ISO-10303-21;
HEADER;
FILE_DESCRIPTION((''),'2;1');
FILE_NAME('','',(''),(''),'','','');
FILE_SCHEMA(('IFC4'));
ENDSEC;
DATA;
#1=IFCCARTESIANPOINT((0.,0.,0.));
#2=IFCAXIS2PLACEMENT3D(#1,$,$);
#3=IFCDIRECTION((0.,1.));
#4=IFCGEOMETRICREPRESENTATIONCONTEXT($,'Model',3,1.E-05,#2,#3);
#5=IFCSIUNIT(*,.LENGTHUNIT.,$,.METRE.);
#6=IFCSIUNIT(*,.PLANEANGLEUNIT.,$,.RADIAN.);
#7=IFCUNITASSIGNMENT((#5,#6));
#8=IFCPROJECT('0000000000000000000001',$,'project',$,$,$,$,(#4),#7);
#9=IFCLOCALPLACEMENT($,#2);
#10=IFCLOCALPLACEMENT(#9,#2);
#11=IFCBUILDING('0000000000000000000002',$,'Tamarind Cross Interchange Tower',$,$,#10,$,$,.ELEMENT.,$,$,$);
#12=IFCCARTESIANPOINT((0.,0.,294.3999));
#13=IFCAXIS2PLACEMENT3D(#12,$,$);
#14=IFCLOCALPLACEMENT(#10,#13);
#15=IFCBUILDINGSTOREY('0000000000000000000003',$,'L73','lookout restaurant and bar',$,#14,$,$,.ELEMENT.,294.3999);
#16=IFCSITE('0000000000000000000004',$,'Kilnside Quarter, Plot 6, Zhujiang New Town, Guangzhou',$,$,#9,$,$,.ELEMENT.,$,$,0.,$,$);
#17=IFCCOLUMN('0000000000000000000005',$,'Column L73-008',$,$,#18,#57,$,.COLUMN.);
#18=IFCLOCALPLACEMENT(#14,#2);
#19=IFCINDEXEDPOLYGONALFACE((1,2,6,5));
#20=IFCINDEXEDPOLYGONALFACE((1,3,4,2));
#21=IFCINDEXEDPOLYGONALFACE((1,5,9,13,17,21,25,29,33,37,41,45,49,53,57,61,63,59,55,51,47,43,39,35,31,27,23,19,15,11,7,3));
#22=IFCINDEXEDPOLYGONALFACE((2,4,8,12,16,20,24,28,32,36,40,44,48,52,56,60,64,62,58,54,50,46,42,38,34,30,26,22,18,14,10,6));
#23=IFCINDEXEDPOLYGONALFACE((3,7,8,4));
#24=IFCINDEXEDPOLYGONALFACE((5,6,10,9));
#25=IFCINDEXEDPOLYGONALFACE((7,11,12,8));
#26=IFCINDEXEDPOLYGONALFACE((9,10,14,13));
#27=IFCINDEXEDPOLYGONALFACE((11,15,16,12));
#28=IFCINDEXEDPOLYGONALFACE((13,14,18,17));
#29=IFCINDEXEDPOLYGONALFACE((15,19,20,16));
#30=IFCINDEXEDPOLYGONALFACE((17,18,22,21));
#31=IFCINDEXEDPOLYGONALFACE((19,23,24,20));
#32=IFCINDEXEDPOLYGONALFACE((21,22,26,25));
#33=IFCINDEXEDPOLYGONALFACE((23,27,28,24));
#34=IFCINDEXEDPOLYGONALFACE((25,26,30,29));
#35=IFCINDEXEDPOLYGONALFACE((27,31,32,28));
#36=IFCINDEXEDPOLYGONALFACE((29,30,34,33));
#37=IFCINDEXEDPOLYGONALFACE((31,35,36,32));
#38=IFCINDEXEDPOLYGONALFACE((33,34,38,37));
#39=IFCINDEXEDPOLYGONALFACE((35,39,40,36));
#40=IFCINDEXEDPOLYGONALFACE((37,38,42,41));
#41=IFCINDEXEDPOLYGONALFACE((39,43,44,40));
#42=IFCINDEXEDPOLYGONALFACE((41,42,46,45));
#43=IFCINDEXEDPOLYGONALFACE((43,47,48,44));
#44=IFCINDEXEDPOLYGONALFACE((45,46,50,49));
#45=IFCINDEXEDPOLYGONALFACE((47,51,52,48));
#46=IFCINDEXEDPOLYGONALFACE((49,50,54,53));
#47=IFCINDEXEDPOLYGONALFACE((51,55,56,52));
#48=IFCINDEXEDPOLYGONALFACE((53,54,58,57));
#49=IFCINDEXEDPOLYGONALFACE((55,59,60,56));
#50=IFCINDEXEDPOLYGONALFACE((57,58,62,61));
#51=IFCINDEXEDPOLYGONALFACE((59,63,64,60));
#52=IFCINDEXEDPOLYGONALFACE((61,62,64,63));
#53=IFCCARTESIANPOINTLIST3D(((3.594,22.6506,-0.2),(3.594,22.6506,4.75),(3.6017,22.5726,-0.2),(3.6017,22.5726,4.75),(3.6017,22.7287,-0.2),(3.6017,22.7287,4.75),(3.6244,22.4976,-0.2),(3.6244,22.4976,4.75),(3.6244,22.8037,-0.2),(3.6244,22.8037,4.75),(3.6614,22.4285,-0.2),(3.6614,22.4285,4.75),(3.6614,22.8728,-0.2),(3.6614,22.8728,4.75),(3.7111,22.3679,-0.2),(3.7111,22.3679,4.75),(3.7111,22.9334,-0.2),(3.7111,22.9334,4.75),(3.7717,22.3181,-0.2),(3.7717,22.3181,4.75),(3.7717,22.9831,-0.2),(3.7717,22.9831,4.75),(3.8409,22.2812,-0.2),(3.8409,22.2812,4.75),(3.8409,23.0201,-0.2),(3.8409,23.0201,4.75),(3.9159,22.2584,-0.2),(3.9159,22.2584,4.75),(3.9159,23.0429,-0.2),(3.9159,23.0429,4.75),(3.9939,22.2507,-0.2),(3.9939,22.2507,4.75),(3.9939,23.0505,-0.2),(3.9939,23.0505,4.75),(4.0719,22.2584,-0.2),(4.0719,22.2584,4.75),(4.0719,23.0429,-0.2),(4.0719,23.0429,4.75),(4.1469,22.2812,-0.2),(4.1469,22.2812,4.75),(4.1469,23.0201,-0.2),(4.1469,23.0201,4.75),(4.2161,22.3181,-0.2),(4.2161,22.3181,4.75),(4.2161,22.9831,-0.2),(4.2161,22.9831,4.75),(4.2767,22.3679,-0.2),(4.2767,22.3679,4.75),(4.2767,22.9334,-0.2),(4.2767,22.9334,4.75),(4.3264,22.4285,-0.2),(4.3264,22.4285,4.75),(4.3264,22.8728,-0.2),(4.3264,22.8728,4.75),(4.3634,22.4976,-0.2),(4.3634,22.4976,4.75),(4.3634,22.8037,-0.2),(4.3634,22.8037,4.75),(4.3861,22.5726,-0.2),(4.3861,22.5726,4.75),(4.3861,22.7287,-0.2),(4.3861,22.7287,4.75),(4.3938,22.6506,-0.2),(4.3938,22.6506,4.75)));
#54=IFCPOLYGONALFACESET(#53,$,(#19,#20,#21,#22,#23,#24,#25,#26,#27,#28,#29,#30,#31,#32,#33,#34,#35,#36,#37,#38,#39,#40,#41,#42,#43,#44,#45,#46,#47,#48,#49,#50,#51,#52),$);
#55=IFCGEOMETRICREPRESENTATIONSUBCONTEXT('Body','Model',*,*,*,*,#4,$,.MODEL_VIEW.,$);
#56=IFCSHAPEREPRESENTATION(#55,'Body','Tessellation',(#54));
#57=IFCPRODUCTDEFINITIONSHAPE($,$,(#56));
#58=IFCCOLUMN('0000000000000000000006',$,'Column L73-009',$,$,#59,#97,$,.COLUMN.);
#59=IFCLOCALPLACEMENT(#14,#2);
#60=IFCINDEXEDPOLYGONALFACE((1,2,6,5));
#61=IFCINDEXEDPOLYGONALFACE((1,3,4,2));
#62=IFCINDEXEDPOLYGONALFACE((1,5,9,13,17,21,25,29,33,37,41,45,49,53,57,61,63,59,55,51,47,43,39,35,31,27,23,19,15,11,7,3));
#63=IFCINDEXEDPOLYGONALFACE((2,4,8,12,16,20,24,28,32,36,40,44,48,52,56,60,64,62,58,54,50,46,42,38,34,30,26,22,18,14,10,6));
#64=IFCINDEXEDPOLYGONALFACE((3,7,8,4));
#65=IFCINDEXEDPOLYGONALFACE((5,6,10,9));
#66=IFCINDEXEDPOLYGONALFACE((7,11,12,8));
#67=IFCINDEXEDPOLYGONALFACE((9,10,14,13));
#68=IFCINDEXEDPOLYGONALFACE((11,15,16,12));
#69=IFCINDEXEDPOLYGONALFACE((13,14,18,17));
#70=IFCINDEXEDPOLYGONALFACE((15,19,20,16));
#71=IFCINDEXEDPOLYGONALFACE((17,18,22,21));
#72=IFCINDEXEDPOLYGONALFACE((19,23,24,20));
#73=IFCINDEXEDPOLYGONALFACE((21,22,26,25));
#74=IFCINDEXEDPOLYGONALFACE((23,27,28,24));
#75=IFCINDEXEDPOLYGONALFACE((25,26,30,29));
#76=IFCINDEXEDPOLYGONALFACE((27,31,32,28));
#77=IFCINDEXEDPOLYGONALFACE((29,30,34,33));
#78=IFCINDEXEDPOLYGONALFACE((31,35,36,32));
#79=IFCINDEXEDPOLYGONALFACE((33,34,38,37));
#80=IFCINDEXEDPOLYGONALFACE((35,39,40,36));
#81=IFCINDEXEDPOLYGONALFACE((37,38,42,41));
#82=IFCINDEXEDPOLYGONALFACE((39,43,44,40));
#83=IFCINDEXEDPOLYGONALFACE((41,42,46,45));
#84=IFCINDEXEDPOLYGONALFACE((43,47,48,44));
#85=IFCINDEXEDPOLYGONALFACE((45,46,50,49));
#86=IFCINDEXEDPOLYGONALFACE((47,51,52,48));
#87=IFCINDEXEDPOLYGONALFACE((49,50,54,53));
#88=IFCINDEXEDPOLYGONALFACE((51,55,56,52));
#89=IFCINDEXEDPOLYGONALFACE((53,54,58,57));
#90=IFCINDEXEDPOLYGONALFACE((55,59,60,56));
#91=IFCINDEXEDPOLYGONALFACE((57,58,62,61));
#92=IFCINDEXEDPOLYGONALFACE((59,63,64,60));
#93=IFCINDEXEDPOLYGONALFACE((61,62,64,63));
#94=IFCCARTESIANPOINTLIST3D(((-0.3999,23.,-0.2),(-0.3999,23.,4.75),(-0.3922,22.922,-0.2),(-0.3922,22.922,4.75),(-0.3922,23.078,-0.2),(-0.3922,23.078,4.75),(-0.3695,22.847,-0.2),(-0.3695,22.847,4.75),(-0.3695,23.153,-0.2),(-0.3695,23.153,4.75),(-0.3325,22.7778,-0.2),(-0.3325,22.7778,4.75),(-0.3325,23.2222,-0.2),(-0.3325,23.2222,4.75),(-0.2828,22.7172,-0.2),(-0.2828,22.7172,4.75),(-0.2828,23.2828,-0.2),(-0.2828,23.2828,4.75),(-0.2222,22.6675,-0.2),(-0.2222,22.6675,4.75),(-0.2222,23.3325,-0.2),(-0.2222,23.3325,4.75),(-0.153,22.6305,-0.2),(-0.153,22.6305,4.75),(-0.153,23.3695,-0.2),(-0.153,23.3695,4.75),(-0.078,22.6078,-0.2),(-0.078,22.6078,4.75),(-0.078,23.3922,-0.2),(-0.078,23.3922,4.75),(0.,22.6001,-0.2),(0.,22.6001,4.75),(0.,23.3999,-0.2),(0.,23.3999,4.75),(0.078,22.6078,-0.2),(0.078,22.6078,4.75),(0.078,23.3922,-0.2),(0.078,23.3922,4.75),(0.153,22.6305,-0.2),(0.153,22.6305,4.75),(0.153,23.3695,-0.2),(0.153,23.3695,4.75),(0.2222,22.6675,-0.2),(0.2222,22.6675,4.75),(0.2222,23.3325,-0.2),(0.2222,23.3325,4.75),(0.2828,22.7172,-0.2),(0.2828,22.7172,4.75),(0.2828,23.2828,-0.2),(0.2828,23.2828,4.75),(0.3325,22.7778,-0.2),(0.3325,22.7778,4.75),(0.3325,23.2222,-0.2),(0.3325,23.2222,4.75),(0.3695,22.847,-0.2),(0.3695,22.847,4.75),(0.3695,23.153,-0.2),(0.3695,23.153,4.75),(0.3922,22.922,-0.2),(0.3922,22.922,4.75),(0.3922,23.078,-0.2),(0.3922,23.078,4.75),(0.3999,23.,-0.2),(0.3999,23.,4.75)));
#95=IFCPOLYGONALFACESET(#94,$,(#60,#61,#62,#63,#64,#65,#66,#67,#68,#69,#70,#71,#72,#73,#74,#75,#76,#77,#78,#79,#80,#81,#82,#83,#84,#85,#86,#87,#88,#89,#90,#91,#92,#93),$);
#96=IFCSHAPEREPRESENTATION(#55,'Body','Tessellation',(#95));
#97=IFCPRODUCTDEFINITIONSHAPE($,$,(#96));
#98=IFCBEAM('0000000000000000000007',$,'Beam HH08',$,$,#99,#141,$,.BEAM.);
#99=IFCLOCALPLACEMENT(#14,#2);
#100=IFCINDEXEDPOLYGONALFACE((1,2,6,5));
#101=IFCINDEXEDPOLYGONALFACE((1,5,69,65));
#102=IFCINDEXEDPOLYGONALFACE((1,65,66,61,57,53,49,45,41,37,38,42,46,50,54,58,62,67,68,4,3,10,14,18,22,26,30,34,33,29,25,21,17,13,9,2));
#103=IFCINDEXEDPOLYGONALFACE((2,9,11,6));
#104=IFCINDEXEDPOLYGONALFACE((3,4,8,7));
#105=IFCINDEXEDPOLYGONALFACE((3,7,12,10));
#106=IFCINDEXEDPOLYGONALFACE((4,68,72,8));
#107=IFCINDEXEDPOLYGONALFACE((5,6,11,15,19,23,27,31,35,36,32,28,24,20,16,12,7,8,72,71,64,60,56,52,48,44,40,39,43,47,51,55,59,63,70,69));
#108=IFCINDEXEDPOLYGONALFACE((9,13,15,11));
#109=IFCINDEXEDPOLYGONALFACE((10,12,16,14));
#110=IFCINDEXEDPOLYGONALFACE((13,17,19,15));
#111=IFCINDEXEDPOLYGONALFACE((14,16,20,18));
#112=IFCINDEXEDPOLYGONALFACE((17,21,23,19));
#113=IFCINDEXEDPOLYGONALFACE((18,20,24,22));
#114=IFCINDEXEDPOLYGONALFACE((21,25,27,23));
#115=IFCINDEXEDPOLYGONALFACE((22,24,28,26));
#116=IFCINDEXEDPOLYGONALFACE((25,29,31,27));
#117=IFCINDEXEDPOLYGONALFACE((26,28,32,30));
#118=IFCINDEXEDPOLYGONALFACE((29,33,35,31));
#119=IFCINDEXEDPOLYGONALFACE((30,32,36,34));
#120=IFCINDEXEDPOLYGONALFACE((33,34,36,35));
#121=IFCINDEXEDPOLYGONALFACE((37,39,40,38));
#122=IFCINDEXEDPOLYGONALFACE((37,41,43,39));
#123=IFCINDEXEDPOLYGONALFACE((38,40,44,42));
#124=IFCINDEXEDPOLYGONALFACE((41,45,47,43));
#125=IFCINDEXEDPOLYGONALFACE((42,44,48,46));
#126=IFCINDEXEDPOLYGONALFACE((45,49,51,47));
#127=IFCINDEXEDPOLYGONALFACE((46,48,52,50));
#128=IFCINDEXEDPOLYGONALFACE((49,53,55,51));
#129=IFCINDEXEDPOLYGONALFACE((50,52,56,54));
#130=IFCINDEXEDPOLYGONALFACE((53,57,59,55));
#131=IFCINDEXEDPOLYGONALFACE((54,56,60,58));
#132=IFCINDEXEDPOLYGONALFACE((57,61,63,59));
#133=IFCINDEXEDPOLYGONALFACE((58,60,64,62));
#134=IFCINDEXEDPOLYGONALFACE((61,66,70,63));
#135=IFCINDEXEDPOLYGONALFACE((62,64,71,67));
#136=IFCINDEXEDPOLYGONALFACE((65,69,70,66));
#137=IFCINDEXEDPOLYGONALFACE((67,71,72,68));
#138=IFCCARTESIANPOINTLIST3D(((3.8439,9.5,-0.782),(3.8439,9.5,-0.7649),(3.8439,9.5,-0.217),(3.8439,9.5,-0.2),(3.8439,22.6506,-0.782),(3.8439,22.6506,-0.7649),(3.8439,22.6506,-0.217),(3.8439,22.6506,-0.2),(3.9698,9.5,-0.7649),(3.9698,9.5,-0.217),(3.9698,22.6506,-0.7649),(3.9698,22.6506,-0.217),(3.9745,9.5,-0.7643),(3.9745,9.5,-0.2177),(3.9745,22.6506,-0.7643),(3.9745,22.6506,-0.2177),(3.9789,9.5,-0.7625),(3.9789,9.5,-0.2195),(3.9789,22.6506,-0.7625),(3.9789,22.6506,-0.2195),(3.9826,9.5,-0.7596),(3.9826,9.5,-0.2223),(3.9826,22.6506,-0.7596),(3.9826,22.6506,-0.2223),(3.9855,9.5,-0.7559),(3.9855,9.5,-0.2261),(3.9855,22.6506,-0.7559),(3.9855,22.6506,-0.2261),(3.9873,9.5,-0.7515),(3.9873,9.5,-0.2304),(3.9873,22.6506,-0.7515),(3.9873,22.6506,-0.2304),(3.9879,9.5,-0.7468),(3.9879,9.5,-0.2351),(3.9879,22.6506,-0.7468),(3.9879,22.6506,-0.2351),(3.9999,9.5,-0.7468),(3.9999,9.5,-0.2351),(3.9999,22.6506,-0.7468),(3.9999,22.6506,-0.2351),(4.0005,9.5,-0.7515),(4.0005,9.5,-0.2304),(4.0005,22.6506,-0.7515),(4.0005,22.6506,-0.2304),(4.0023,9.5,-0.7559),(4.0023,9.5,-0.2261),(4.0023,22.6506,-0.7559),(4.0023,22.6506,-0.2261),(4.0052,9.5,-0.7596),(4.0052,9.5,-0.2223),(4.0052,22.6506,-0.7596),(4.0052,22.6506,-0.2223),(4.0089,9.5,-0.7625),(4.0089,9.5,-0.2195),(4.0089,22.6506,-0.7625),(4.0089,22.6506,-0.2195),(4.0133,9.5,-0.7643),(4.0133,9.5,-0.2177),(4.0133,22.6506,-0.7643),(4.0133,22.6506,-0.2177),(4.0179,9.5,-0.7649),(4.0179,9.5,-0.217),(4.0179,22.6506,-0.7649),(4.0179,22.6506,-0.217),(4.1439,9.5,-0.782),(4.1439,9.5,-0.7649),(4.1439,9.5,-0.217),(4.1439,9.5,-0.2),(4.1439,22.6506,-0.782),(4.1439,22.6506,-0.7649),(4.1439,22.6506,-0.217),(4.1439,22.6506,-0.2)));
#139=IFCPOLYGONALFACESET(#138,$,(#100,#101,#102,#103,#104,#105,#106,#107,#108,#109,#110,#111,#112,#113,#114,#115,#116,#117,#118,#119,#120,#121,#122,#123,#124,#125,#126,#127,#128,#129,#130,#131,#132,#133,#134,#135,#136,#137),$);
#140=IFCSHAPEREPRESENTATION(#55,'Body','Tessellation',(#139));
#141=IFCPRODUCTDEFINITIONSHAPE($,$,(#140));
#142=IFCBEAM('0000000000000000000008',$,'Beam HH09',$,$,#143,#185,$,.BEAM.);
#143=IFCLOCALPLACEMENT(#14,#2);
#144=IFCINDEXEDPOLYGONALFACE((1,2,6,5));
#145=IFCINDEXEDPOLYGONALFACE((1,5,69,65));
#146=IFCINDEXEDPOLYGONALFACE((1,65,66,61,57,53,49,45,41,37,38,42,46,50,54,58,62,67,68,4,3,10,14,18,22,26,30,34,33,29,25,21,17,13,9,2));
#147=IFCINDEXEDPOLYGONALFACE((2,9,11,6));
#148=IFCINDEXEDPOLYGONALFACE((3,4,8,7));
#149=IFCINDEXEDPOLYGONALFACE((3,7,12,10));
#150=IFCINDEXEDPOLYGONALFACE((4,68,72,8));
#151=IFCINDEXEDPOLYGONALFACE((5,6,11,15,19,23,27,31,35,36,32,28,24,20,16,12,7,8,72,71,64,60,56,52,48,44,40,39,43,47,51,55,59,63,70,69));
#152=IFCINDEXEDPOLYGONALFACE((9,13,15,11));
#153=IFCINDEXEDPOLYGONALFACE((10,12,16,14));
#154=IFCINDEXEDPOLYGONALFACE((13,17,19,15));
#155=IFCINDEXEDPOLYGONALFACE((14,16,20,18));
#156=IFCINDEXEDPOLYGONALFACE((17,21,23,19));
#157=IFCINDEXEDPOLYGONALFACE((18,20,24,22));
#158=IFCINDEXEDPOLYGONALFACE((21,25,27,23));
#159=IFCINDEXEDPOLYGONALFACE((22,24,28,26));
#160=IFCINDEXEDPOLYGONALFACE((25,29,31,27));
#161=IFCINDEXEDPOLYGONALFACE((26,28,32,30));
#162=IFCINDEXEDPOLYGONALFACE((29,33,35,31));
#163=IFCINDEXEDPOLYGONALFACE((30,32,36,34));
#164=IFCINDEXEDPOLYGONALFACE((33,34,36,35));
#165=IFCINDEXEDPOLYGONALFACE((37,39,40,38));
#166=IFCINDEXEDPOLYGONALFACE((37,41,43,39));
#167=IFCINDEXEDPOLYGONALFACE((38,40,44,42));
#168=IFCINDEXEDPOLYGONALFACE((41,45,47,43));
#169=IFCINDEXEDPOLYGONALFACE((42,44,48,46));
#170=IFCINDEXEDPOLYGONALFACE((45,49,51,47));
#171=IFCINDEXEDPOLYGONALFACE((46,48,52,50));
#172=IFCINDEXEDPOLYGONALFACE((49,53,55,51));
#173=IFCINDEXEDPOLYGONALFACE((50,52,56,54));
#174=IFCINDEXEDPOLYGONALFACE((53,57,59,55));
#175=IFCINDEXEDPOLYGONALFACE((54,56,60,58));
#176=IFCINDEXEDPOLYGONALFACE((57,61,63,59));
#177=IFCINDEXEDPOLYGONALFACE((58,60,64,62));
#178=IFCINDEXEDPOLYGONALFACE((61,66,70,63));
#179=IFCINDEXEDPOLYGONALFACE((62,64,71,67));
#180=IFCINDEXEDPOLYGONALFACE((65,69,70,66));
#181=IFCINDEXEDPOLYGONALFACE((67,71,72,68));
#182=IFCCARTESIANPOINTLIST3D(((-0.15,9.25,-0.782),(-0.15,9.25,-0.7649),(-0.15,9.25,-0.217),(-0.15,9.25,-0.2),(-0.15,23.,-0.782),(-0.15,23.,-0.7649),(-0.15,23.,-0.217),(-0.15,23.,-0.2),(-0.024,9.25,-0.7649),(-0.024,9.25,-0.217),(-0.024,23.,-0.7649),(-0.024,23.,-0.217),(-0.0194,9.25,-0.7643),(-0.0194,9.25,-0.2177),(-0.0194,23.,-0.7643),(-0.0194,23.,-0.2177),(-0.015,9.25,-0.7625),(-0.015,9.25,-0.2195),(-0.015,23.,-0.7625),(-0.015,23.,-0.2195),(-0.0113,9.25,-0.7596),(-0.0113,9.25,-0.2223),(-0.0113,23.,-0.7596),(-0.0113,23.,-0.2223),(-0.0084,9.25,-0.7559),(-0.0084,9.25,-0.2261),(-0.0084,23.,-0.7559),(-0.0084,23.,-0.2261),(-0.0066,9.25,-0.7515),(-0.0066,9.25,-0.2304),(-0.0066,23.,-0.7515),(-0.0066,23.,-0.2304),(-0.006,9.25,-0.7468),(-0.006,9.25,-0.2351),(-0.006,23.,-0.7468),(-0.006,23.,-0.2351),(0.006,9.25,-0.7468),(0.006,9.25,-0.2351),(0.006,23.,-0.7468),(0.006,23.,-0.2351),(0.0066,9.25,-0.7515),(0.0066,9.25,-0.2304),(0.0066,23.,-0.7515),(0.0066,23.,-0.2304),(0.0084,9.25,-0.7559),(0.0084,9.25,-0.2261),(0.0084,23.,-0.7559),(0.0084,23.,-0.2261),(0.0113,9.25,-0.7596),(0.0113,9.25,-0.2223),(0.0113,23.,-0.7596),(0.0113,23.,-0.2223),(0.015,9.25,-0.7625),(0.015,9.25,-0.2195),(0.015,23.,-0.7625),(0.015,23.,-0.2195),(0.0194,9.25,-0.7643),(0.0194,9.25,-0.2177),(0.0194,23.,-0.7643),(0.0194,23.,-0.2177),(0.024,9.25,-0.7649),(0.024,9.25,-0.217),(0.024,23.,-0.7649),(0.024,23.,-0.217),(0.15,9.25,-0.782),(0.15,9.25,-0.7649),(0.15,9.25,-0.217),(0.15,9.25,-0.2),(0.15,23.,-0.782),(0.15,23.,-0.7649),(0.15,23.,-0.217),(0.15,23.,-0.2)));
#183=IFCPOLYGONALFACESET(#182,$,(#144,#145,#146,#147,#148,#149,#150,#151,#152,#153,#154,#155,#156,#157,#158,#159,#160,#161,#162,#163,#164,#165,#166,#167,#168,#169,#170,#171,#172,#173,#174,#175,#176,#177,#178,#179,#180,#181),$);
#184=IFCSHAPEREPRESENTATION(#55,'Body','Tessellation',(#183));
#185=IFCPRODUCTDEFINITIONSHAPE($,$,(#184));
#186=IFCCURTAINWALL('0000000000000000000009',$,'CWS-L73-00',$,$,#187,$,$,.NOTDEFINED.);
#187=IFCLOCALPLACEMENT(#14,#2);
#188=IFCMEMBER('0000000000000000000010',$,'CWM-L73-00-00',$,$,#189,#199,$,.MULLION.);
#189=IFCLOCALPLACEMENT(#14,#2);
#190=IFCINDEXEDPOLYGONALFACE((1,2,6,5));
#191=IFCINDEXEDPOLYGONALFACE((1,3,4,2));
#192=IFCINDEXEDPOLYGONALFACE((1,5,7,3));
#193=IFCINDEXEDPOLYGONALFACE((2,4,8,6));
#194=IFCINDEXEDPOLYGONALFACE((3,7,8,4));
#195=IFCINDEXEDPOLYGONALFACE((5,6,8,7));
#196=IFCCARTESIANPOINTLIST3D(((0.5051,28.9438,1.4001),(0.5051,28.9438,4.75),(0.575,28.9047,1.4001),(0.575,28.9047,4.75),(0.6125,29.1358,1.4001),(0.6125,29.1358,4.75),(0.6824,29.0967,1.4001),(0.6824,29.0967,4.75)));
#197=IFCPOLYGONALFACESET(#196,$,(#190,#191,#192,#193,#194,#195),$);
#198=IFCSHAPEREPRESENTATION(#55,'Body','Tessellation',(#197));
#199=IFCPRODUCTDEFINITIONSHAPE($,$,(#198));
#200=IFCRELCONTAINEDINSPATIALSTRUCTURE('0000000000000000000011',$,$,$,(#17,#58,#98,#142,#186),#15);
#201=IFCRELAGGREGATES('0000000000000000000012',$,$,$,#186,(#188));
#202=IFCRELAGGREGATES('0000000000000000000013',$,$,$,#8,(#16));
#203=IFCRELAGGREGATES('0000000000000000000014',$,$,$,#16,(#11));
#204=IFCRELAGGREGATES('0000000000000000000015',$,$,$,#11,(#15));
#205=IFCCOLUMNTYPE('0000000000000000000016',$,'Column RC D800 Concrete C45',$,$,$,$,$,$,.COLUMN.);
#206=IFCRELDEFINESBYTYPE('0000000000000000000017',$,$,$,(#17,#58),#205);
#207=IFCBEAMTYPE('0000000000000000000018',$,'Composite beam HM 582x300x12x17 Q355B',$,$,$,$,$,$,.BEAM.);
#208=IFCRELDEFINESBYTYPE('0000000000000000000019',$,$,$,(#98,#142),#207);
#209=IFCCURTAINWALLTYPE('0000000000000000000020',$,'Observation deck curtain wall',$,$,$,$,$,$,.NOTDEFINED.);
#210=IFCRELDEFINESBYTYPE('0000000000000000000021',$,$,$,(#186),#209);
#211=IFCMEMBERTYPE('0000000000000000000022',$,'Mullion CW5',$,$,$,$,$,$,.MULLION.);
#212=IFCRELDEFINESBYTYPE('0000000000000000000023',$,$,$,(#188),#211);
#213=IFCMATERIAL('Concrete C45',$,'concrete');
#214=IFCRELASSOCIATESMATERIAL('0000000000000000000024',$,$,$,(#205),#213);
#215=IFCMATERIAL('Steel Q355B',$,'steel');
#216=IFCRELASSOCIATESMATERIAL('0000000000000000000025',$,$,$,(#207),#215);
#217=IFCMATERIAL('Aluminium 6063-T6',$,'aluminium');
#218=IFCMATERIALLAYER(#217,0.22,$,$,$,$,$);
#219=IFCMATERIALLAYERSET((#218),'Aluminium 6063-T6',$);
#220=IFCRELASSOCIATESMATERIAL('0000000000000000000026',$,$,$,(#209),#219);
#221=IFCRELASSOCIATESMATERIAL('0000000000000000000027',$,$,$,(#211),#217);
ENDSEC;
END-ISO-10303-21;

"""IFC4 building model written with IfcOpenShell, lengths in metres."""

from ifc_helpers import new_model, si_unit, direction, frame, origin, origin_2d, place, context, subcontext, project, spatial, rectangle, circle, i_section, extrude, material, layer, layer_set, material_profile, profile_set, type_object, element, aggregate, save


model = new_model("IFC4")

# Units and contexts
model_context = context("Model", 3, precision=1e-05, world=origin(), true_north=direction((0.0, 1.0)))
body_context = subcontext(model_context, "Body", "Model", "MODEL_VIEW")
ifc_project = project(units=[si_unit("LENGTHUNIT", "METRE"), si_unit("PLANEANGLEUNIT", "RADIAN")], contexts=[model_context])

# Site, building, storey
site_placement = place(None, origin())
site = spatial("IfcSite", under=ifc_project, at=site_placement, Name="Kilnside Quarter, Plot 6, Zhujiang New Town, Guangzhou", CompositionType="ELEMENT", RefElevation=0.0)
building_placement = place(site_placement, origin())
building = spatial("IfcBuilding", under=site, at=building_placement, Name="Tamarind Cross Interchange Tower", CompositionType="ELEMENT")
storey_placement = place(building_placement, frame((0.0, 0.0, 294.3999)))
storey = spatial("IfcBuildingStorey", under=building, at=storey_placement, Name="L73", Description="lookout restaurant and bar", CompositionType="ELEMENT", Elevation=294.3999)

# Columns
ifc_material_1 = material(Name="Concrete C45", Category="concrete")
ifc_material_profile_1 = material_profile(ifc_material_1, circle(Radius=0.3999, at=origin_2d()), Name="RC D800")
ifc_profile_set_1 = profile_set([ifc_material_profile_1], Name="Concrete C45")
column_type = type_object("IfcColumnType", Name="Column RC D800 Concrete C45", PredefinedType="COLUMN", material=ifc_profile_set_1)
for number, where, z_axis, x_axis, name in (
    (1, (3.9939, 22.6506, -0.2), (0.0, 0.0, 1.0), (1.0, 0.0, 0.0), "Column L73-008"),
    (2, (0.0, 23.0, -0.2), (0.0, 0.0, 1.0), (1.0, 0.0, 0.0), "Column L73-009"),
):
    element("IfcColumn", number, at=place(storey_placement, frame(where, z_axis=z_axis, x_axis=x_axis)), inside=storey, type_object=column_type, Name=name, PredefinedType="COLUMN", context=body_context, shape_type="SweptSolid", body=[
        extrude(circle(Radius=0.3999, at=origin_2d()), origin(), (0.0, 0.0, 1.0), 4.95),
    ])

# Beams
ifc_material_2 = material(Name="Steel Q355B", Category="steel")
ifc_material_profile_2 = material_profile(ifc_material_2, i_section(OverallWidth=0.3, OverallDepth=0.582, WebThickness=0.012, FlangeThickness=0.0171, FilletRadius=0.0181, at=origin_2d()), Name="HM 582x300x12x17")
ifc_profile_set_2 = profile_set([ifc_material_profile_2], Name="Steel Q355B")
beam_type = type_object("IfcBeamType", Name="Composite beam HM 582x300x12x17 Q355B", PredefinedType="BEAM", material=ifc_profile_set_2)
beam_1_placement = place(storey_placement, frame((3.9939, 22.6506, -0.491), z_axis=(0.0, -1.0, 0.0), x_axis=(1.0, 0.0, 0.0)))
element("IfcBeam", 3, at=beam_1_placement, inside=storey, type_object=beam_type, Name="Beam HH08", PredefinedType="BEAM", context=body_context, shape_type="SweptSolid", body=[
    extrude(i_section(OverallWidth=0.3, OverallDepth=0.582, WebThickness=0.012, FlangeThickness=0.0171, FilletRadius=0.0181, at=origin_2d()), origin(), (0.0, 0.0, 1.0), 13.1506),
])
beam_2_placement = place(storey_placement, frame((0.0, 23.0, -0.491), z_axis=(0.0, -1.0, 0.0), x_axis=(1.0, 0.0, 0.0)))
element("IfcBeam", 4, at=beam_2_placement, inside=storey, type_object=beam_type, Name="Beam HH09", PredefinedType="BEAM", context=body_context, shape_type="SweptSolid", body=[
    extrude(i_section(OverallWidth=0.3, OverallDepth=0.582, WebThickness=0.012, FlangeThickness=0.0171, FilletRadius=0.0181, at=origin_2d()), origin(), (0.0, 0.0, 1.0), 13.75),
])

# Curtain wall, member
ifc_material_3 = material(Name="Aluminium 6063-T6", Category="aluminium")
ifc_layer_1 = layer(ifc_material_3, 0.22)
ifc_layer_set_1 = layer_set([ifc_layer_1], Name="Aluminium 6063-T6")
curtain_wall_type = type_object("IfcCurtainWallType", Name="Observation deck curtain wall", PredefinedType="NOTDEFINED", material=ifc_layer_set_1)
curtain_wall_placement = place(storey_placement, origin())
curtain_wall = element("IfcCurtainWall", 5, at=curtain_wall_placement, inside=storey, type_object=curtain_wall_type, Name="CWS-L73-00", PredefinedType="NOTDEFINED")
ifc_material_profile_3 = material_profile(ifc_material_3, rectangle(XDim=0.0801, YDim=0.22, at=origin_2d()), Name="Mullion CW5")
ifc_profile_set_3 = profile_set([ifc_material_profile_3], Name="Aluminium 6063-T6")
member_type = type_object("IfcMemberType", Name="Mullion CW5", PredefinedType="MULLION", material=ifc_profile_set_3)
member_1_placement = place(storey_placement, frame((0.5938, 29.0203, 1.4001), z_axis=(0.0, 0.0, 1.0), x_axis=(-0.872892, 0.487913, 0.0)))
member_1 = element("IfcMember", 6, at=member_1_placement, type_object=member_type, Name="CWM-L73-00-00", PredefinedType="MULLION", context=body_context, shape_type="SweptSolid", body=[
    extrude(rectangle(XDim=0.0801, YDim=0.22, at=origin_2d()), origin(), (0.0, 0.0, 1.0), 3.3499),
])
aggregate(curtain_wall, [member_1])

save(model, "model.ifc")
